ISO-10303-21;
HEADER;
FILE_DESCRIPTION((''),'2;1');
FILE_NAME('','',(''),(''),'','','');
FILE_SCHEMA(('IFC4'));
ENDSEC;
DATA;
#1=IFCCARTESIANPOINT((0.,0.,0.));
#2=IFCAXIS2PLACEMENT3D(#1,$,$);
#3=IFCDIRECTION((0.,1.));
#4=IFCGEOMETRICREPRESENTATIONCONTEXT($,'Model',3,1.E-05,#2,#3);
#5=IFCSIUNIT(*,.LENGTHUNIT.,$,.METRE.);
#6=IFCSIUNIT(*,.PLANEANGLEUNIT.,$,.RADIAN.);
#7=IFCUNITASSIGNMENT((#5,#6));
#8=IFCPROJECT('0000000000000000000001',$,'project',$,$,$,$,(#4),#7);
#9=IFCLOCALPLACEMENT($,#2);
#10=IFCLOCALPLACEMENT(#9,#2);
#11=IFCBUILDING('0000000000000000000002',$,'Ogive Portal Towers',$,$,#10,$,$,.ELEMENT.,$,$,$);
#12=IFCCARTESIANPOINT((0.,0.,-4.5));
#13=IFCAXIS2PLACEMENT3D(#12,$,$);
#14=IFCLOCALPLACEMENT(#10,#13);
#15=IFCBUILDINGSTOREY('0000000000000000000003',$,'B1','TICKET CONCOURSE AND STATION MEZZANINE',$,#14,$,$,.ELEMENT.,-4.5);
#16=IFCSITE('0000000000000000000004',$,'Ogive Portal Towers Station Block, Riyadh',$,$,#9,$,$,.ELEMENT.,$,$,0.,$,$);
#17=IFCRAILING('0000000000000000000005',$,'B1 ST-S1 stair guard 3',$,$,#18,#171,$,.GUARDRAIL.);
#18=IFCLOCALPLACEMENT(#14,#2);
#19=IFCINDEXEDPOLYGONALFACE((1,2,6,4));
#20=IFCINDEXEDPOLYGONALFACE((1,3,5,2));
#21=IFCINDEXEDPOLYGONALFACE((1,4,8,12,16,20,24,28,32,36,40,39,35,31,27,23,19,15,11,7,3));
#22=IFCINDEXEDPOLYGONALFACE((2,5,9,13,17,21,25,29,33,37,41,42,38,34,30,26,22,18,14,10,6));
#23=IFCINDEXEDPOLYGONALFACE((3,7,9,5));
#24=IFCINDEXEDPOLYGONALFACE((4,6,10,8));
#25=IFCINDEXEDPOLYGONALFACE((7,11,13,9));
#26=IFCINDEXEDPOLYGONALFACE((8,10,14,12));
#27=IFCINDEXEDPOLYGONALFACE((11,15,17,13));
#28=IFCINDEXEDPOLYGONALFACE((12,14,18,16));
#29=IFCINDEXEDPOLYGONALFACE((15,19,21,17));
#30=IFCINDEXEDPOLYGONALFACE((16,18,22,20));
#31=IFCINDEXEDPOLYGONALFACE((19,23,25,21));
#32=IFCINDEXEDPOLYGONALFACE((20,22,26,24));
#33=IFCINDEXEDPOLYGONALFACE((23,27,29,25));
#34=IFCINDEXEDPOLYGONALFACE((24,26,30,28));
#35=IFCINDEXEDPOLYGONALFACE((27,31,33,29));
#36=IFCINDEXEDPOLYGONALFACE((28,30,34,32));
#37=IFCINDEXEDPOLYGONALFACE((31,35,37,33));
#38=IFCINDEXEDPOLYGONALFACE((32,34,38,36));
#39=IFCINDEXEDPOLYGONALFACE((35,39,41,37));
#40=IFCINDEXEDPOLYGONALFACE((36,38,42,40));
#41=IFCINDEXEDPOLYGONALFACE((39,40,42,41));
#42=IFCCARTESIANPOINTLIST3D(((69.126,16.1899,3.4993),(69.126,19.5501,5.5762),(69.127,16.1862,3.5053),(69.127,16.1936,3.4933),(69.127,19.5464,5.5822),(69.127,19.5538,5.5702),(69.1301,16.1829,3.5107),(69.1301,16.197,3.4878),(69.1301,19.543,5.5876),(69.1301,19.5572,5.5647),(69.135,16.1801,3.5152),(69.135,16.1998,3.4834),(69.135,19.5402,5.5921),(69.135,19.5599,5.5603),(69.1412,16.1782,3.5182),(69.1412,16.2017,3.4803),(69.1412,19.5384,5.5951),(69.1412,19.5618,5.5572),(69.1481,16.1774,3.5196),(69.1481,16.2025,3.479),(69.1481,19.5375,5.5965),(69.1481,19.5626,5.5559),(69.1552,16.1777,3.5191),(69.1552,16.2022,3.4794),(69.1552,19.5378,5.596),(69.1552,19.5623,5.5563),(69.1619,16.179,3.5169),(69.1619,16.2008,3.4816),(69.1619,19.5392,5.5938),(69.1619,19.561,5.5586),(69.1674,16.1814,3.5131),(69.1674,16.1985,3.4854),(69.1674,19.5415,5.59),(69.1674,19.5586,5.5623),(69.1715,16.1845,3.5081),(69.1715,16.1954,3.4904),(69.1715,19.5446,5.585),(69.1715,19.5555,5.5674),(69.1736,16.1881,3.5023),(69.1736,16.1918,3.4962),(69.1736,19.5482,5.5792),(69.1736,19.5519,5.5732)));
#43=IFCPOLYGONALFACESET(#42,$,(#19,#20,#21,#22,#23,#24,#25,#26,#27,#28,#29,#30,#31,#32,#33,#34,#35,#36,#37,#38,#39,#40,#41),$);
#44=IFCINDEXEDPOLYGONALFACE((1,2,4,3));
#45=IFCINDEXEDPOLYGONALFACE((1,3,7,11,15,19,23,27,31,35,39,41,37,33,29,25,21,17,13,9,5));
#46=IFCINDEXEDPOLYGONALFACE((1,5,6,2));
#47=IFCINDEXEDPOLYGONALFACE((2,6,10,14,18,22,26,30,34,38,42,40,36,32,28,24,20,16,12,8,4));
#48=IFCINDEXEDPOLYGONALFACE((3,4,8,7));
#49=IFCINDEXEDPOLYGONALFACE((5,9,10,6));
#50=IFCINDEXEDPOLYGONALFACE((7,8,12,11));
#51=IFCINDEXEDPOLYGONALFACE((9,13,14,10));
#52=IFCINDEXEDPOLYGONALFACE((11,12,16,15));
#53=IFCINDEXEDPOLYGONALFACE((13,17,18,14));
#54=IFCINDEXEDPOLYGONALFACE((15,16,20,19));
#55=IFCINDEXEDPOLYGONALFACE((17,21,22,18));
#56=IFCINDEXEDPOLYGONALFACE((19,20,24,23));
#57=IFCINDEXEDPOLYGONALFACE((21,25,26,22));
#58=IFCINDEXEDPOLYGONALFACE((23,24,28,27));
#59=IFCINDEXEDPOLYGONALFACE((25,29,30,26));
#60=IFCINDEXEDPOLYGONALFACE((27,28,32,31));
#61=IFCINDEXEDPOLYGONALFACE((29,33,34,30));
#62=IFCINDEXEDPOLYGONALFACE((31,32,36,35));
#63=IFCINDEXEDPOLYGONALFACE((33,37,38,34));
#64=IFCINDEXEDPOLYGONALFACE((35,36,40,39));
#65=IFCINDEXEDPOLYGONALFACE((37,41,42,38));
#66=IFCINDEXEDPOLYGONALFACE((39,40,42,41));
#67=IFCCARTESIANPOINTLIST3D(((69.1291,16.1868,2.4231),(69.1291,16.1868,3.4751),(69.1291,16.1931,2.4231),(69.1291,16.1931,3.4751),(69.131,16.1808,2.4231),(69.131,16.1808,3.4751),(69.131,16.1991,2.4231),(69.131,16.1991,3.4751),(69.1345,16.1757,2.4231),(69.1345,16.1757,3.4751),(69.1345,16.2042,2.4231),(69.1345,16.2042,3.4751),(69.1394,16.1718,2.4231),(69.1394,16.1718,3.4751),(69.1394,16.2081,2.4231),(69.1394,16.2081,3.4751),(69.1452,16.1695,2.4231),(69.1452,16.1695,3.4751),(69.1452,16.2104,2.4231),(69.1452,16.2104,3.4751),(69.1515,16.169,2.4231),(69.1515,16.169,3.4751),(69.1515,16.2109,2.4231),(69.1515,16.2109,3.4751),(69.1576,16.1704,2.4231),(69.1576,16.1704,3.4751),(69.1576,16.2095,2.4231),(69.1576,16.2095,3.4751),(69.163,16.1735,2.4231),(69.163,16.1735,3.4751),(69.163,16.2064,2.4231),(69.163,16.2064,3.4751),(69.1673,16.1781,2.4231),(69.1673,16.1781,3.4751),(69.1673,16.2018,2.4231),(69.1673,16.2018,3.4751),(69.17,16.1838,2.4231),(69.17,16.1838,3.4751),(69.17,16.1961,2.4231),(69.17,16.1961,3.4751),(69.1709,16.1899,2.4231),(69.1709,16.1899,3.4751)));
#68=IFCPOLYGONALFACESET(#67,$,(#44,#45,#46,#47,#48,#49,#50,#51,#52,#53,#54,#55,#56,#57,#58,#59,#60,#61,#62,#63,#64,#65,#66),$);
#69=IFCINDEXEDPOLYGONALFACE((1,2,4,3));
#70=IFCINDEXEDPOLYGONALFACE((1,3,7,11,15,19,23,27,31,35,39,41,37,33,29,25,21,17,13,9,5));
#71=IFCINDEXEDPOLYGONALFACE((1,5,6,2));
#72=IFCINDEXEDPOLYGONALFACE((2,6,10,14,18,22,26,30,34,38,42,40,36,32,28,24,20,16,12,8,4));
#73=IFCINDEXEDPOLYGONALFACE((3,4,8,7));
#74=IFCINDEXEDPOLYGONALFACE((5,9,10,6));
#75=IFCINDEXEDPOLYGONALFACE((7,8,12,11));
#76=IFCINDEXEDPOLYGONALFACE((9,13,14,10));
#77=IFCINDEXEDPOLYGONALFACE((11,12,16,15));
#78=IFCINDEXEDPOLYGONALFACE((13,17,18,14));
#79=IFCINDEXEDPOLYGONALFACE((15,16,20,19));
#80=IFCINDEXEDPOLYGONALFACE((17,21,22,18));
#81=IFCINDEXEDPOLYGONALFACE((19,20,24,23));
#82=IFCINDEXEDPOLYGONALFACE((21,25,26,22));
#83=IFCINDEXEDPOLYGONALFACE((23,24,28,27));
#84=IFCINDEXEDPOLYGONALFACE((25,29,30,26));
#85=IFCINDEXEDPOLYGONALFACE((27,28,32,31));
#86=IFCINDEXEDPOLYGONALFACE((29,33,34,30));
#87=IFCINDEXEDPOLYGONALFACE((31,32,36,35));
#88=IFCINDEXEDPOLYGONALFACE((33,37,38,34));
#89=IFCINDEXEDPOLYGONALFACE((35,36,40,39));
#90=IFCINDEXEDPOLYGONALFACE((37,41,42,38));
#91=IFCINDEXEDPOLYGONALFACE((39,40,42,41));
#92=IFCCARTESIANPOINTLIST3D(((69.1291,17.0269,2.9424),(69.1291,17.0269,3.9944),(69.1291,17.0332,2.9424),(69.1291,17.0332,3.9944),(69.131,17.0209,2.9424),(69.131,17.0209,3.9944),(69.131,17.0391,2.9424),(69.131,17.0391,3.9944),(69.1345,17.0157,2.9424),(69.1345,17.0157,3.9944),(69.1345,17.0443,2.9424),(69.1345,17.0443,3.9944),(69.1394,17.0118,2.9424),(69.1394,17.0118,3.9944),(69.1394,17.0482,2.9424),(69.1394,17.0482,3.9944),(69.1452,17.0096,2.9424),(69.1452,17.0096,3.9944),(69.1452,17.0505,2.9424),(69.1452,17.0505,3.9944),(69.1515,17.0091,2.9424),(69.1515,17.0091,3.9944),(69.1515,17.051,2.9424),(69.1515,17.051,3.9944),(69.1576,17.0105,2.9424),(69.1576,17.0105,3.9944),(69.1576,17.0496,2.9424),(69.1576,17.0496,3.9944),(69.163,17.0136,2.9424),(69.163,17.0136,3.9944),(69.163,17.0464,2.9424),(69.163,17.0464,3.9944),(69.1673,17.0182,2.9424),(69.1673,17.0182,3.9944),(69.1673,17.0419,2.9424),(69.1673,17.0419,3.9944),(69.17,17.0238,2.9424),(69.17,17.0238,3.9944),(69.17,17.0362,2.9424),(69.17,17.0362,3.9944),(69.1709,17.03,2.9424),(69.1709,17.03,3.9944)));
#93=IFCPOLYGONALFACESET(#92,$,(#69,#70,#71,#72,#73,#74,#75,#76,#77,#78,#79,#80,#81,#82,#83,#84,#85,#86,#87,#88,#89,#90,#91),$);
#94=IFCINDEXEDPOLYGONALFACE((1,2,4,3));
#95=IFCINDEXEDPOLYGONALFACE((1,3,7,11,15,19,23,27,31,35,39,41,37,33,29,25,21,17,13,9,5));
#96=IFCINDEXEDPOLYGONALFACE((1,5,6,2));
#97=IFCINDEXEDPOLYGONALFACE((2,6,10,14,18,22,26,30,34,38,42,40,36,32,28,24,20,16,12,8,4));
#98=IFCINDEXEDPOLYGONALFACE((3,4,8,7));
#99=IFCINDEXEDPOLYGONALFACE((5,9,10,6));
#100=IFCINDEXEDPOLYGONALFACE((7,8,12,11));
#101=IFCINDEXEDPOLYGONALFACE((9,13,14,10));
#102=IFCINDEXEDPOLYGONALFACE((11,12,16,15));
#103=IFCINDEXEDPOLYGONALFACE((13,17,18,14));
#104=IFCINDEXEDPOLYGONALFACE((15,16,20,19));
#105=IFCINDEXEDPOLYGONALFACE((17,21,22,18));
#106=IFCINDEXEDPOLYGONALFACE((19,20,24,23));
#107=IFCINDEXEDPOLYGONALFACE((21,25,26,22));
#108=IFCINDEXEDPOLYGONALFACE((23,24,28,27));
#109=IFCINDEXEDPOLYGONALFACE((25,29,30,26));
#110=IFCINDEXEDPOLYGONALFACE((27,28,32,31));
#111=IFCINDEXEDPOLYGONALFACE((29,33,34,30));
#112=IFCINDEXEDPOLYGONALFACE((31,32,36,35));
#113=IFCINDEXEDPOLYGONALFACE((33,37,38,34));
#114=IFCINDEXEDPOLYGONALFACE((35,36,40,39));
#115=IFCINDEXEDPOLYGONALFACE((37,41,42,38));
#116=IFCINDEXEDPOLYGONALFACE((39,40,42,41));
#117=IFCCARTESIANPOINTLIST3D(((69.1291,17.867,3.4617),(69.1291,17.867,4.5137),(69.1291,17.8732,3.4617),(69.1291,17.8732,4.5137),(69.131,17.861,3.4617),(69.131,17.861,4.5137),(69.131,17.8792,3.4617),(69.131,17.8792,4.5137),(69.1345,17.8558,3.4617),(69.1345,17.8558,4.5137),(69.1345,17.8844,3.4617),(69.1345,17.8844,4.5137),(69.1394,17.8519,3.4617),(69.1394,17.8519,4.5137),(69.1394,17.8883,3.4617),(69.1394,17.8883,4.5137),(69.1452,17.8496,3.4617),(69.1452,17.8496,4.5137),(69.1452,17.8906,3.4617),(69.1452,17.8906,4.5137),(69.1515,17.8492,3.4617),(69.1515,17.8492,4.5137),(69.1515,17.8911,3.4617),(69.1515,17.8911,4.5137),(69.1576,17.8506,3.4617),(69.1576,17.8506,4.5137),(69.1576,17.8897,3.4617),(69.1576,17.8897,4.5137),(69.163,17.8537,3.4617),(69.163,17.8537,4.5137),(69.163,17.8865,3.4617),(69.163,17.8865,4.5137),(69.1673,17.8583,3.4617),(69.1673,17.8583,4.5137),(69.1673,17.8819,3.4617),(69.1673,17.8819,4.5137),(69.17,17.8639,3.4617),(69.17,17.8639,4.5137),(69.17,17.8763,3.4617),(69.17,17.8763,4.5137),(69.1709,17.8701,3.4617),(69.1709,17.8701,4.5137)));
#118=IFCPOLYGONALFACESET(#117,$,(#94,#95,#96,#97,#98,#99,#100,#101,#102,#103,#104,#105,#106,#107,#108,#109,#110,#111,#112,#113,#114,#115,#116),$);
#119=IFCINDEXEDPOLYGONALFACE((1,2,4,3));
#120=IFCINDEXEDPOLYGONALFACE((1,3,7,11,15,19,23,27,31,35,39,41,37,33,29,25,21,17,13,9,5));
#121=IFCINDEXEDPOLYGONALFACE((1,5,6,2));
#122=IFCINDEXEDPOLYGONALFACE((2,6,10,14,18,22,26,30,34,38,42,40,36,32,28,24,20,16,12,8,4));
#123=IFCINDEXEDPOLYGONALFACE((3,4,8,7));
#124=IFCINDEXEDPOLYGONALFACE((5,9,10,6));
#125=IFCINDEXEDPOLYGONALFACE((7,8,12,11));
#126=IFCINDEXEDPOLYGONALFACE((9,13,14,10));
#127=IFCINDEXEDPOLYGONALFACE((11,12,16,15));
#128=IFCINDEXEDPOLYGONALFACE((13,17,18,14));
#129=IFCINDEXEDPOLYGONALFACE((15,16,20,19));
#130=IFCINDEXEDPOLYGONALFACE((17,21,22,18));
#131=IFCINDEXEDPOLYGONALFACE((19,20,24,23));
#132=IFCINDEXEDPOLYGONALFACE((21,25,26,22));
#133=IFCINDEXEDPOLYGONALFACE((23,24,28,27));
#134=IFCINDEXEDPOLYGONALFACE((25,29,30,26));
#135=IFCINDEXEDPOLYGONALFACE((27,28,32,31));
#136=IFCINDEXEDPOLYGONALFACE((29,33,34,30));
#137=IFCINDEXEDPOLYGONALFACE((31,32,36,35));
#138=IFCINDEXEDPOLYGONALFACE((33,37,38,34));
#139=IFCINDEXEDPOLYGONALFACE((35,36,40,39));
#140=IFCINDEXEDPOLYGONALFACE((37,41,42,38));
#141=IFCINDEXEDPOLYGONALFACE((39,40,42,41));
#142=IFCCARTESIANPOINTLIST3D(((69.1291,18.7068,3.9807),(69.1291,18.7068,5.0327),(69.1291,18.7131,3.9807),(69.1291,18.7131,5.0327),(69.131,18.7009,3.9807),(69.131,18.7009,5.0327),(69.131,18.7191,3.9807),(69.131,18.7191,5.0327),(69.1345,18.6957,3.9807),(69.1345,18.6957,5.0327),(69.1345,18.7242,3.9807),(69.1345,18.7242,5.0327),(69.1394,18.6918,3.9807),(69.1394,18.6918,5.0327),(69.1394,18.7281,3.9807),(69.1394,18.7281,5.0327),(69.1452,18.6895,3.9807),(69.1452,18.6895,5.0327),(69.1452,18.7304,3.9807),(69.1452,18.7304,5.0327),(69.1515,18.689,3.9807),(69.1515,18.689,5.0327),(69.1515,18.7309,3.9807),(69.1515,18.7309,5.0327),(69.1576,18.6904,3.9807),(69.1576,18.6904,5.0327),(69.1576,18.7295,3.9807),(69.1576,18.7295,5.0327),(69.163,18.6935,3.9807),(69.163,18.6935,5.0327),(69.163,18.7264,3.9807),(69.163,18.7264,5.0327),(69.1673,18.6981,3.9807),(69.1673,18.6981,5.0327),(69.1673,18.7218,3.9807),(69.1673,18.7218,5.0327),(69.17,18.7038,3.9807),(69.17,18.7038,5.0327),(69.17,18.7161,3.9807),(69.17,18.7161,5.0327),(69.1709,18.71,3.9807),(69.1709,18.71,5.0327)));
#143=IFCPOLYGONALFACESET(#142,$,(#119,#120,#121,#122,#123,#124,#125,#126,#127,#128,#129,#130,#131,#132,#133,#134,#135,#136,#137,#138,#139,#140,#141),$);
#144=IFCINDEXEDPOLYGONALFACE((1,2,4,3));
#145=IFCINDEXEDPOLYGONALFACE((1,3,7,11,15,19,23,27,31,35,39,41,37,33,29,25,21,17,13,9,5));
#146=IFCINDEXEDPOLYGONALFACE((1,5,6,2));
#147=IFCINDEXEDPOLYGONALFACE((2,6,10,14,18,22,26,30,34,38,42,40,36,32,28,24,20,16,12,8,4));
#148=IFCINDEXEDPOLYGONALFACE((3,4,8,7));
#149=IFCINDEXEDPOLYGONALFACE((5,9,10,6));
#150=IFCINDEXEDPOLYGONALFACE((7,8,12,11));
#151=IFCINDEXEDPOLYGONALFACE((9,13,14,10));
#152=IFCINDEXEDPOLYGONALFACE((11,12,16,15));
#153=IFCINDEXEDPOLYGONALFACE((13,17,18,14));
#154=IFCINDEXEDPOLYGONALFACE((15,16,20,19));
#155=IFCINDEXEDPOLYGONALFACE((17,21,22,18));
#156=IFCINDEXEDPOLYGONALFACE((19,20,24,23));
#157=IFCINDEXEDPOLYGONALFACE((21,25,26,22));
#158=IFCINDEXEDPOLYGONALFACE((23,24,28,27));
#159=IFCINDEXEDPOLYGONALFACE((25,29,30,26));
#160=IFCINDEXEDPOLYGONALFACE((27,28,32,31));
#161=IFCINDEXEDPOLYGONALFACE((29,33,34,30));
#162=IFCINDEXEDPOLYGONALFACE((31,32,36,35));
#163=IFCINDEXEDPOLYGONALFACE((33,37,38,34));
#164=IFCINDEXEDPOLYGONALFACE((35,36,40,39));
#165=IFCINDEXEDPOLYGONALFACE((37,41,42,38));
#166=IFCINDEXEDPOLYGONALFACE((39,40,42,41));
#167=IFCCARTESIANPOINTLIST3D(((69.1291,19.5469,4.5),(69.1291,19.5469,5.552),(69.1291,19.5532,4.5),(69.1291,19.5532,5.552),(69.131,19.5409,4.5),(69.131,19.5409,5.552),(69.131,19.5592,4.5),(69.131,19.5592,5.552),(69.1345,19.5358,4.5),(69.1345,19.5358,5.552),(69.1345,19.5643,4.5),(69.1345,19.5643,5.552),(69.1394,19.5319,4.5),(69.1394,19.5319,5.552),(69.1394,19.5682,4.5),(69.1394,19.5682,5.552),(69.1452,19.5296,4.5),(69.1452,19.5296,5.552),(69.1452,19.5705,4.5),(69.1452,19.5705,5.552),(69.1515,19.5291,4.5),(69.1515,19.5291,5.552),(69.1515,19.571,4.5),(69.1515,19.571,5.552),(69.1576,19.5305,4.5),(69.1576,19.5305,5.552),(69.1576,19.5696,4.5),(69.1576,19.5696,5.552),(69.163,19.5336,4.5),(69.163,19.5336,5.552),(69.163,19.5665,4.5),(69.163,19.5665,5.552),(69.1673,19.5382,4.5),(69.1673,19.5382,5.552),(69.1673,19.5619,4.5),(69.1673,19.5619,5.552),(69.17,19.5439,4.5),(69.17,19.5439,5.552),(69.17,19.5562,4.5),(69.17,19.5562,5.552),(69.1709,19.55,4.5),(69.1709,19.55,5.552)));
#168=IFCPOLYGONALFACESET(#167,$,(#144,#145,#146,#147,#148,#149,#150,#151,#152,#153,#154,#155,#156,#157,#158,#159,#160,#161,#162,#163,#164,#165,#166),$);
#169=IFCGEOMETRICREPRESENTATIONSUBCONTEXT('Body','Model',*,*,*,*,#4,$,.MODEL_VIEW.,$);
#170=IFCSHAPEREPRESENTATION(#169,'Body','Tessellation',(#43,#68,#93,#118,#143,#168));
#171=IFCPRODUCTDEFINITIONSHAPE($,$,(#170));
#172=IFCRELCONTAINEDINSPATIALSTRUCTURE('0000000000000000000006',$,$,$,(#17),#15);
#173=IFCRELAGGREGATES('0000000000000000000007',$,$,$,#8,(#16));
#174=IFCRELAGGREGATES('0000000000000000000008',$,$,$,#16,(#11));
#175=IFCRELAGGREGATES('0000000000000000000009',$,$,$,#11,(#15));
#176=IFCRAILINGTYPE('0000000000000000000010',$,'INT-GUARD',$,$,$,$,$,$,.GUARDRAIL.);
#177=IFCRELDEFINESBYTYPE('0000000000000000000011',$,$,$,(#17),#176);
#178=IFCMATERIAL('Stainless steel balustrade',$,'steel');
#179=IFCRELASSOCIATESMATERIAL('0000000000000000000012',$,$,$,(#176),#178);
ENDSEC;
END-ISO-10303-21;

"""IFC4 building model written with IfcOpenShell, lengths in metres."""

from ifc_helpers import new_model, si_unit, direction, frame, origin, origin_2d, place, context, subcontext, project, spatial, circle, extrude, material, type_object, element, save


model = new_model("IFC4")

# Units and contexts
model_context = context("Model", 3, precision=1e-05, world=origin(), true_north=direction((0.0, 1.0)))
body_context = subcontext(model_context, "Body", "Model", "MODEL_VIEW")
ifc_project = project(units=[si_unit("LENGTHUNIT", "METRE"), si_unit("PLANEANGLEUNIT", "RADIAN")], contexts=[model_context])

# Site, building, storey
site_placement = place(None, origin())
site = spatial("IfcSite", under=ifc_project, at=site_placement, Name="Ogive Portal Towers Station Block, Riyadh", CompositionType="ELEMENT", RefElevation=0.0)
building_placement = place(site_placement, origin())
building = spatial("IfcBuilding", under=site, at=building_placement, Name="Ogive Portal Towers", CompositionType="ELEMENT")
storey_placement = place(building_placement, frame((0.0, 0.0, -4.5)))
storey = spatial("IfcBuildingStorey", under=building, at=storey_placement, Name="B1", Description="TICKET CONCOURSE AND STATION MEZZANINE", CompositionType="ELEMENT", Elevation=-4.5)

# Railing
ifc_material_1 = material(Name="Stainless steel balustrade", Category="steel")
railing_type_1 = type_object("IfcRailingType", Name="INT-GUARD", PredefinedType="GUARDRAIL", material=ifc_material_1)
railing_1_placement = place(storey_placement, frame((69.1499, 16.1899, 2.4231)))
element("IfcRailing", 1, at=railing_1_placement, inside=storey, type_object=railing_type_1, Name="B1 ST-S1 stair guard 3", PredefinedType="GUARDRAIL", context=body_context, shape_type="SweptSolid", body=[
    extrude(circle(Radius=0.0239, at=origin_2d()), frame((0.0, 0.0, 1.0762), z_axis=(0.0, 0.850623, 0.525776), x_axis=(-1.0, 0.0, 0.0)), (0.0, 0.0, 1.0), 3.9502),
    extrude(circle(Radius=0.021, at=origin_2d()), origin(), (0.0, 0.0, 1.0), 1.052),
    extrude(circle(Radius=0.021, at=origin_2d()), frame((0.0, 0.8401, 0.5193)), (0.0, 0.0, 1.0), 1.052),
    extrude(circle(Radius=0.021, at=origin_2d()), frame((0.0, 1.6802, 1.0386)), (0.0, 0.0, 1.0), 1.052),
    extrude(circle(Radius=0.021, at=origin_2d()), frame((0.0, 2.52, 1.5576)), (0.0, 0.0, 1.0), 1.052),
    extrude(circle(Radius=0.021, at=origin_2d()), frame((0.0, 3.3601, 2.0769)), (0.0, 0.0, 1.0), 1.052),
])

save(model, "model.ifc")
